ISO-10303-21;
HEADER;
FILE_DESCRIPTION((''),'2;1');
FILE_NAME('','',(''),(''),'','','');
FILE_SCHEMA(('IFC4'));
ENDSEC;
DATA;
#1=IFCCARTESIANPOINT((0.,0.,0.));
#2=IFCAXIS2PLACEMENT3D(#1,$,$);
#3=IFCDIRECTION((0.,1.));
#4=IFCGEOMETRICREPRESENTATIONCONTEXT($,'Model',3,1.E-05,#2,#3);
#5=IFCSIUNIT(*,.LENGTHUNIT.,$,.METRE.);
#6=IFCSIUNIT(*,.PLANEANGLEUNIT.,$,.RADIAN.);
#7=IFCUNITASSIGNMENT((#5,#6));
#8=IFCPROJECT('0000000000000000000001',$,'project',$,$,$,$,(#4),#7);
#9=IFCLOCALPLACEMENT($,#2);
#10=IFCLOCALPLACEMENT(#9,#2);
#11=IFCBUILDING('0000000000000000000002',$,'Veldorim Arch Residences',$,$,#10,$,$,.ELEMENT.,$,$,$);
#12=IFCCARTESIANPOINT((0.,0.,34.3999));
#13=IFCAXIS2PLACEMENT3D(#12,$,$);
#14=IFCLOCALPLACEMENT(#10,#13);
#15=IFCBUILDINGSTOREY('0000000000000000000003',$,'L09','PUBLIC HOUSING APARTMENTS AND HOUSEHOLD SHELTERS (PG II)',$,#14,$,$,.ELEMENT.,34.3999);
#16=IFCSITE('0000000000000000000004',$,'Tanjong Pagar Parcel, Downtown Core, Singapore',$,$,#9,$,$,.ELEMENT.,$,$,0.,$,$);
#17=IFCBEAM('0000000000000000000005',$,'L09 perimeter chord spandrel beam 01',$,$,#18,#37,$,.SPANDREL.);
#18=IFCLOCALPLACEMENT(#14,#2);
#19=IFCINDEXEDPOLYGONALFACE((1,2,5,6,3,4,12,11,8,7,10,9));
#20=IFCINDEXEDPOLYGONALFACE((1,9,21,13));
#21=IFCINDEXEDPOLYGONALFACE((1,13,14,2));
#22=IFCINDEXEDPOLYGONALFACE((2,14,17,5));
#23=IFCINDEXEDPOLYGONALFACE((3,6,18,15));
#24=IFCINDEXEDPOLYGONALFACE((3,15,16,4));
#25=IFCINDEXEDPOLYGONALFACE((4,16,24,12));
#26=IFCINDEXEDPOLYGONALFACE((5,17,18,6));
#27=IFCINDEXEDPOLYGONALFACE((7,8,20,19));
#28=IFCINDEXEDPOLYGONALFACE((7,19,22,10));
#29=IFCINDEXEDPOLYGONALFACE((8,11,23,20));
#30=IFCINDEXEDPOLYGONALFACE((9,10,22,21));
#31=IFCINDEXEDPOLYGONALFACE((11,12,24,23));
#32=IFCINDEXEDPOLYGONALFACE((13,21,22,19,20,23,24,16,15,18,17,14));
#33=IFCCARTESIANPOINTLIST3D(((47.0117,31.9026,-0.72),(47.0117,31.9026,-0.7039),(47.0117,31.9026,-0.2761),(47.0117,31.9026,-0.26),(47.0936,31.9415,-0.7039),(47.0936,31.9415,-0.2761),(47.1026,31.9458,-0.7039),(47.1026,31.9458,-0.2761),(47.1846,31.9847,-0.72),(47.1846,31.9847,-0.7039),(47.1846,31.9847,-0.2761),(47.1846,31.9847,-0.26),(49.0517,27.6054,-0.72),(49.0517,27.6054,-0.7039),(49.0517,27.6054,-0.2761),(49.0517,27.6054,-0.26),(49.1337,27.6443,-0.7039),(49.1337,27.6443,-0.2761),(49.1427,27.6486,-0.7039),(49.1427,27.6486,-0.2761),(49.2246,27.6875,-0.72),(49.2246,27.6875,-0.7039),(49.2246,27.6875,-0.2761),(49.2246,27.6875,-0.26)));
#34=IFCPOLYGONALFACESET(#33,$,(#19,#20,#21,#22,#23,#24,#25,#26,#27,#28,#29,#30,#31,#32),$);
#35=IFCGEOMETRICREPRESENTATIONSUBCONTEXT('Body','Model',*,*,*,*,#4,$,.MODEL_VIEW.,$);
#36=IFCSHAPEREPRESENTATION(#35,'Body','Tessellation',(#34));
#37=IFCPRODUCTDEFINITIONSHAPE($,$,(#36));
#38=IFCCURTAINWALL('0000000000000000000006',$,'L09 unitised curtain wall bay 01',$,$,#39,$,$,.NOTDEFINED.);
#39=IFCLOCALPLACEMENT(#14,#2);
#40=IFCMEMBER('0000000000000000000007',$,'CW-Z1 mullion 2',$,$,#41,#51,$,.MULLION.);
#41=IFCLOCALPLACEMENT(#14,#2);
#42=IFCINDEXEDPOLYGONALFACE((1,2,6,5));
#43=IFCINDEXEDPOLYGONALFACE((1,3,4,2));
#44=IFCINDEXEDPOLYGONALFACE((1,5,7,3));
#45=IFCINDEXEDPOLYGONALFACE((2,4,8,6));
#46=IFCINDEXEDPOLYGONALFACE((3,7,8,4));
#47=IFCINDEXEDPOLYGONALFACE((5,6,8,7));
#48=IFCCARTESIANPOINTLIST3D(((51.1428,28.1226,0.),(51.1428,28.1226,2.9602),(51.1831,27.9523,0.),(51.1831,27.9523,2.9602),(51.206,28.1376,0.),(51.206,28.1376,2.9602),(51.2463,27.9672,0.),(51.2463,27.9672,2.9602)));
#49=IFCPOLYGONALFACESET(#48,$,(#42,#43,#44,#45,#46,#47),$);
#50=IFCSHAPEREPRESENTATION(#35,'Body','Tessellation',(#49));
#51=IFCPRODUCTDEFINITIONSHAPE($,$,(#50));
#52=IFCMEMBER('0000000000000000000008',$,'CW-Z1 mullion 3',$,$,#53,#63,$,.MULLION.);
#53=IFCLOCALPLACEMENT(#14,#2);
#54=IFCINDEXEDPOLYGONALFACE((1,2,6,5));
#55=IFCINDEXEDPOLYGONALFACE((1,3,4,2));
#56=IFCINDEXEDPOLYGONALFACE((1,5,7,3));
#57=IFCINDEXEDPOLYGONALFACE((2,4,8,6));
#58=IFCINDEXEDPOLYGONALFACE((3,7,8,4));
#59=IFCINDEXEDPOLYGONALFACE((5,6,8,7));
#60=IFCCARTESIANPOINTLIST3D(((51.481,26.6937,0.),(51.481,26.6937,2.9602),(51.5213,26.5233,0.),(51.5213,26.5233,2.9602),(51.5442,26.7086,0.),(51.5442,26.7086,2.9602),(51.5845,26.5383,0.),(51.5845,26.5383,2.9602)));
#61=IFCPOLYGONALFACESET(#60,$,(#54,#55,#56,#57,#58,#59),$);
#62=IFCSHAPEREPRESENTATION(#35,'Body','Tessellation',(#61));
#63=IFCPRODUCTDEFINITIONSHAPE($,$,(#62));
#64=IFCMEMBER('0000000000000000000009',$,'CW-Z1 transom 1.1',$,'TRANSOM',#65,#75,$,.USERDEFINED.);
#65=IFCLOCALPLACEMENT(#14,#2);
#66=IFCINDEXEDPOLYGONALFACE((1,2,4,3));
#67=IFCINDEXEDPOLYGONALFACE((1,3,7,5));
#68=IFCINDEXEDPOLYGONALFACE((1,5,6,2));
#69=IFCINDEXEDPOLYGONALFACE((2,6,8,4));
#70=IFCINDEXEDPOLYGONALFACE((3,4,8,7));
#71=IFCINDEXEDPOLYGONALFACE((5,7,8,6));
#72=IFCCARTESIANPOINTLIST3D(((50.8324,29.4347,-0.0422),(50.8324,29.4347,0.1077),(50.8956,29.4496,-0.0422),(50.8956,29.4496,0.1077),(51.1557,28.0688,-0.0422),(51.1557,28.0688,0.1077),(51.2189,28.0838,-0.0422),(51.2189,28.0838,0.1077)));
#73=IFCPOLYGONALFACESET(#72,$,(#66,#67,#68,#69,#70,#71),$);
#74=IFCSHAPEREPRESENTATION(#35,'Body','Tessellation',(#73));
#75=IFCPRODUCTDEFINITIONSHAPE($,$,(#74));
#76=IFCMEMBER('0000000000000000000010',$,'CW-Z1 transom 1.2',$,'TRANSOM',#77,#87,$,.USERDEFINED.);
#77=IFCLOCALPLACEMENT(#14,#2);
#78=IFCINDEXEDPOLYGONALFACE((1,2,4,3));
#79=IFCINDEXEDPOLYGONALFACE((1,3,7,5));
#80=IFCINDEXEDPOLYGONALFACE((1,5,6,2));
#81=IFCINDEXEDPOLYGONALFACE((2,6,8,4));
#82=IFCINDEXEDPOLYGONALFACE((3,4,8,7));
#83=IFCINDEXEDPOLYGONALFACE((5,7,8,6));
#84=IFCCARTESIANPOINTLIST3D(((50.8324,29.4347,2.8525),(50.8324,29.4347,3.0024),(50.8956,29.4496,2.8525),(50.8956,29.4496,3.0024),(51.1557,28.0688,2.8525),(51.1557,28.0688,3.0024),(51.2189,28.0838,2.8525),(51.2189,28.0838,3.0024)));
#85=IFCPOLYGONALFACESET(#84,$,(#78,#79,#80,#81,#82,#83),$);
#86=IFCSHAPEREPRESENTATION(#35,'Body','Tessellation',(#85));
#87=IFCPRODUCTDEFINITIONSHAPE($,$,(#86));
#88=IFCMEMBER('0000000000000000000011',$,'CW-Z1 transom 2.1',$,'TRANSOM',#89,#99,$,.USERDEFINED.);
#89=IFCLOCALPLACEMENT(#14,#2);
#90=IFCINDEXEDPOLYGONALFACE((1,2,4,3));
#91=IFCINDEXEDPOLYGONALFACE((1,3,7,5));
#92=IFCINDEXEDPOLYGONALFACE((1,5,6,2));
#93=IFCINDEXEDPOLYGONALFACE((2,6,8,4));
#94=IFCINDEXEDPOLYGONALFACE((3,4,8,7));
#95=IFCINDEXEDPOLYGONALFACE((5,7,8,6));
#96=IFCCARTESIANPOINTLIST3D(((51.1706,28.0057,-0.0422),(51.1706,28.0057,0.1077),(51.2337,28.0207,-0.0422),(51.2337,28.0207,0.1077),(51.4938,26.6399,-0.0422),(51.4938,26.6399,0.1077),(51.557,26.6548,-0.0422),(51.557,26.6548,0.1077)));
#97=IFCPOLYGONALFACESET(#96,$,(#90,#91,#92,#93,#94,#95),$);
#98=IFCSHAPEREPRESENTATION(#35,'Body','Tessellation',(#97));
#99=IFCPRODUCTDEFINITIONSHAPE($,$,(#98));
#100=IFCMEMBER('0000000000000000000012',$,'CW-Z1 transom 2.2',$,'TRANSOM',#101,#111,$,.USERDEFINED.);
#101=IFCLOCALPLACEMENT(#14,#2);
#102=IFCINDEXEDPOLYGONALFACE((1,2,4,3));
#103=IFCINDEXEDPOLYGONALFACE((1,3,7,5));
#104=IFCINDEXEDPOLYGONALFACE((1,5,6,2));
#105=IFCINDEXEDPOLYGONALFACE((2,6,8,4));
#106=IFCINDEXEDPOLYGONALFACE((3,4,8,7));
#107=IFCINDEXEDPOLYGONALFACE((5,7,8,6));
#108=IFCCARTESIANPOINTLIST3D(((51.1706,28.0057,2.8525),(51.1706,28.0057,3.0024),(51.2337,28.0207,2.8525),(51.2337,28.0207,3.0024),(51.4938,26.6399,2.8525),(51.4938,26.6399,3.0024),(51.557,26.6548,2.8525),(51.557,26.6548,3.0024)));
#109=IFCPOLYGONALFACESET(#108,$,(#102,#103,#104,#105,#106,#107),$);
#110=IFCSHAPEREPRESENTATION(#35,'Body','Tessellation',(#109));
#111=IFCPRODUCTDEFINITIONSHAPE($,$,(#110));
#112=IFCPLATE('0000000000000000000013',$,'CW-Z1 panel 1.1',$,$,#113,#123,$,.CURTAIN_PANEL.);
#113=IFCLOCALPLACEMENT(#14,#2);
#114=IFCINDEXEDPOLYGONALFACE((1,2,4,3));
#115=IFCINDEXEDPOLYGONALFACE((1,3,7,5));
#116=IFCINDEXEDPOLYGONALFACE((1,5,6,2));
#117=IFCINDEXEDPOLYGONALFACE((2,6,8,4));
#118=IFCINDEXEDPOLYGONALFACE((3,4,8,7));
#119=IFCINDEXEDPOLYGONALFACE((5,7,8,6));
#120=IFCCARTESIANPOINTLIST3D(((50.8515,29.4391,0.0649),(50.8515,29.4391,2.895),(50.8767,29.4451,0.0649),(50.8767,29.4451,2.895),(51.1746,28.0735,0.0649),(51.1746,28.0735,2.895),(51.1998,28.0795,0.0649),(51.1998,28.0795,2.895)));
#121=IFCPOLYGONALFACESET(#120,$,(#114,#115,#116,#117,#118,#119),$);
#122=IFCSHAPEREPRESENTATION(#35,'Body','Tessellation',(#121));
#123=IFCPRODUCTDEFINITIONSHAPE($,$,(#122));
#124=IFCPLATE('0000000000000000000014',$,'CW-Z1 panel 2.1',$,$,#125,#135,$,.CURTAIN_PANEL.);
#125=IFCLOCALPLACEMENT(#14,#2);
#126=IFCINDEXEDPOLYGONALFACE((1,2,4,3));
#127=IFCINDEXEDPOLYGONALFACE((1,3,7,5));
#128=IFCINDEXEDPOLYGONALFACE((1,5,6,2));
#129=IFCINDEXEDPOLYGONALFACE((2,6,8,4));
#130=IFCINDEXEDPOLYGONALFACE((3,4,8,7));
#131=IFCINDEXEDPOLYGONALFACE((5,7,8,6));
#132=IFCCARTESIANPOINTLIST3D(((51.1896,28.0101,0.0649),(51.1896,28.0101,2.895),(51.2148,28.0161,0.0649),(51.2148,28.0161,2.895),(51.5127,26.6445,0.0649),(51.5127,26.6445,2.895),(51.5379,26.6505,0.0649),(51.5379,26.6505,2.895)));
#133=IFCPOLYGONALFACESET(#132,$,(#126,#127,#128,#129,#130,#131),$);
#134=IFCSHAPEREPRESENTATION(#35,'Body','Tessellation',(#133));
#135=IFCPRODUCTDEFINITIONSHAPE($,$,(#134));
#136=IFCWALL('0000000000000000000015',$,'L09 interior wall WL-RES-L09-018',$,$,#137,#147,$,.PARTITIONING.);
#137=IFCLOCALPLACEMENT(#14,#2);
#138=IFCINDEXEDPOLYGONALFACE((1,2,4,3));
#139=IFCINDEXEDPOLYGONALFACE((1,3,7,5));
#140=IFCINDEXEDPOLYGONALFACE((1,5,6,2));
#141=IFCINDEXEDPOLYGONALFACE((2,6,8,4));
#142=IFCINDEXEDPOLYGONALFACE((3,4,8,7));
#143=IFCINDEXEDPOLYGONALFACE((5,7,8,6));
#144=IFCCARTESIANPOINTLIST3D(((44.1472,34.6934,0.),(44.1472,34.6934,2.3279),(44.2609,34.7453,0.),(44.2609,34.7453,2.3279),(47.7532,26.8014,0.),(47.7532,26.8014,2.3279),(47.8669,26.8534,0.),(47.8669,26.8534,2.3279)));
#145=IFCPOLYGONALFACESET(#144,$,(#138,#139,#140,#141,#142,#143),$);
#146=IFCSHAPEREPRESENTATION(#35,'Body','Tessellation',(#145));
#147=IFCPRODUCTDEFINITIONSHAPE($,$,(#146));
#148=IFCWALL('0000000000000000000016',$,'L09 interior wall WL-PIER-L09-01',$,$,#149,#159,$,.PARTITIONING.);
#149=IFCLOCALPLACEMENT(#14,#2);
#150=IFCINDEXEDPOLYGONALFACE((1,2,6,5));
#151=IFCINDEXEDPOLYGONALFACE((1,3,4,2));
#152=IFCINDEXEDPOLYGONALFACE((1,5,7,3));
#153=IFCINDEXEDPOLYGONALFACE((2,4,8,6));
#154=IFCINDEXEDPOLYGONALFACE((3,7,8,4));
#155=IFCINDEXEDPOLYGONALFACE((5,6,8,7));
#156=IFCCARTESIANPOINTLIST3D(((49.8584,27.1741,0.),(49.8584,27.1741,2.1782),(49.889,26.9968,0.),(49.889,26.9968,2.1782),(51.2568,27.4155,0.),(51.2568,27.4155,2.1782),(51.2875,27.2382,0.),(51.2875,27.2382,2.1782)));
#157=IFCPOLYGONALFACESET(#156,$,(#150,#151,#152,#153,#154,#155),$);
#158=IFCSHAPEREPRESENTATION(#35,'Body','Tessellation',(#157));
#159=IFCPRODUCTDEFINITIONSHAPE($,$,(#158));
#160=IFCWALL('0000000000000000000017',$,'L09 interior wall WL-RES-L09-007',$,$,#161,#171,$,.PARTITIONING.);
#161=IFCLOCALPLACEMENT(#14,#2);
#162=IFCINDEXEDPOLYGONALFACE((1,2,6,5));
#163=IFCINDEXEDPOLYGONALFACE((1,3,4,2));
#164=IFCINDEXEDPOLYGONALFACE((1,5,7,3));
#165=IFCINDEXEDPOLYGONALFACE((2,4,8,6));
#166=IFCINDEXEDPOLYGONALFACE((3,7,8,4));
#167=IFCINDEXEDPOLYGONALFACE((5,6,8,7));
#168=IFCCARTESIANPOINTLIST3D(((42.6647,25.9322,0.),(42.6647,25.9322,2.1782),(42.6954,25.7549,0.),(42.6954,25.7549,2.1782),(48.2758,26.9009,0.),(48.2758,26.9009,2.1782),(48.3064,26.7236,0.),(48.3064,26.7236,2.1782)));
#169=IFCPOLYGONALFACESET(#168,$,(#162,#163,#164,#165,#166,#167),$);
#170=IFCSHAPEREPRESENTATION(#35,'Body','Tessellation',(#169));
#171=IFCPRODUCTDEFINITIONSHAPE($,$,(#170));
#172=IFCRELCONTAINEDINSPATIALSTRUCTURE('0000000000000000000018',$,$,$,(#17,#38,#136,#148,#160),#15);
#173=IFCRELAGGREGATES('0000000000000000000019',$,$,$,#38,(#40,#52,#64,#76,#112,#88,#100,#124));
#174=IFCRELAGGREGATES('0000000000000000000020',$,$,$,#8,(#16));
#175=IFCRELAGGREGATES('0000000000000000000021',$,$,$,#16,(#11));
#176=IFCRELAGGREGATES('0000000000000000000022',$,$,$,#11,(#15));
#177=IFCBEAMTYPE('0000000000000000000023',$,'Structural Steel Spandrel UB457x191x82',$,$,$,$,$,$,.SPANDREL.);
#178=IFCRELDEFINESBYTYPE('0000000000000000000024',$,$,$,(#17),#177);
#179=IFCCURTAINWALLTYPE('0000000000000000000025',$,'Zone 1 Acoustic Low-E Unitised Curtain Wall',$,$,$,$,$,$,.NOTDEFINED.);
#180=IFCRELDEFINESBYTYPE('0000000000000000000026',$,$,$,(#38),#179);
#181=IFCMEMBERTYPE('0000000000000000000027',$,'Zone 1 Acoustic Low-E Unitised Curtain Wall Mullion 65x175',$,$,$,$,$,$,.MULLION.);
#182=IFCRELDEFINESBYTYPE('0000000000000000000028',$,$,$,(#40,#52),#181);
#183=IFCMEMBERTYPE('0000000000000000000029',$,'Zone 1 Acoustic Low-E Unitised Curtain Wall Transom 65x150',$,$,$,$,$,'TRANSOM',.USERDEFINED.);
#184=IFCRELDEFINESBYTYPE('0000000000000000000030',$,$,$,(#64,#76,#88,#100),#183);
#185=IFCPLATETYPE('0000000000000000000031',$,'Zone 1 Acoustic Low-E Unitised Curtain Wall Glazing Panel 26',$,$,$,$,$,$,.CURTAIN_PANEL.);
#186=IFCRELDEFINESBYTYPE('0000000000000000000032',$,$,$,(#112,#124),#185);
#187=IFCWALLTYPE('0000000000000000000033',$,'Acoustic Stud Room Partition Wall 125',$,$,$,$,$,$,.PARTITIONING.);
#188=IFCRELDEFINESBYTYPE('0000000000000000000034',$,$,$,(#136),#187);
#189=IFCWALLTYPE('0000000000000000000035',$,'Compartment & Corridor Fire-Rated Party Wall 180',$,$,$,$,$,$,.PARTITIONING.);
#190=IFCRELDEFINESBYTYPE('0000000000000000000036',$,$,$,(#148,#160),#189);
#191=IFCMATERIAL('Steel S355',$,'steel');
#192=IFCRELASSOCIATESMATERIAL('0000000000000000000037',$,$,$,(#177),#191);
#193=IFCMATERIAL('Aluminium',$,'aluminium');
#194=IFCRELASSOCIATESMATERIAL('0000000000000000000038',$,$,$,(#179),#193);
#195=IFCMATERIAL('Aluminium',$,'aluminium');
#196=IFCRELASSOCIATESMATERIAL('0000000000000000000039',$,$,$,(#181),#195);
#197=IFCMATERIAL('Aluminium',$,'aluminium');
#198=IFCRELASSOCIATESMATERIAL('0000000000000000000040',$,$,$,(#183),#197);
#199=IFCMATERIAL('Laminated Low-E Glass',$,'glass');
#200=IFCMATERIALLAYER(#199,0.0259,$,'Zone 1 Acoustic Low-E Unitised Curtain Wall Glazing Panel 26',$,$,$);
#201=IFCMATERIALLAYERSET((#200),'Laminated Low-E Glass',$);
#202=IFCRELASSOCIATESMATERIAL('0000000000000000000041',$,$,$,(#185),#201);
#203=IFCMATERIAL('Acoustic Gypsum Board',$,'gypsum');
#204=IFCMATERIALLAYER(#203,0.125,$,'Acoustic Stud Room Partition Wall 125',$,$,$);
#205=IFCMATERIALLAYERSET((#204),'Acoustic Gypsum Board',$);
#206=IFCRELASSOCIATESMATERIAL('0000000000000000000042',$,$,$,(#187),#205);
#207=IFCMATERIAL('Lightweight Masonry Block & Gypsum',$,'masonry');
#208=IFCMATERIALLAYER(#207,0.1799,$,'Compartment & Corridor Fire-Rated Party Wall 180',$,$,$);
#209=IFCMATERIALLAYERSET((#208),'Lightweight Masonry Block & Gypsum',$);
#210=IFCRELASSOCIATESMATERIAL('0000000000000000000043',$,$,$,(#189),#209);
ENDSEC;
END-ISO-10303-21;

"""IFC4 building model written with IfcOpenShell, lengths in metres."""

from ifc_helpers import new_model, si_unit, direction, frame, frame_2d, origin, origin_2d, place, context, subcontext, project, spatial, rectangle, i_section, extrude, material, layer, layer_set, material_profile, profile_set, type_object, element, aggregate, save


model = new_model("IFC4")

# Units and contexts
model_context = context("Model", 3, precision=1e-05, world=origin(), true_north=direction((0.0, 1.0)))
body_context = subcontext(model_context, "Body", "Model", "MODEL_VIEW")
ifc_project = project(units=[si_unit("LENGTHUNIT", "METRE"), si_unit("PLANEANGLEUNIT", "RADIAN")], contexts=[model_context])

# Site, building, storey
site_placement = place(None, origin())
site = spatial("IfcSite", under=ifc_project, at=site_placement, Name="Tanjong Pagar Parcel, Downtown Core, Singapore", CompositionType="ELEMENT", RefElevation=0.0)
building_placement = place(site_placement, origin())
building = spatial("IfcBuilding", under=site, at=building_placement, Name="Veldorim Arch Residences", CompositionType="ELEMENT")
storey_placement = place(building_placement, frame((0.0, 0.0, 34.3999)))
storey = spatial("IfcBuildingStorey", under=building, at=storey_placement, Name="L09", Description="PUBLIC HOUSING APARTMENTS AND HOUSEHOLD SHELTERS (PG II)", CompositionType="ELEMENT", Elevation=34.3999)

# Beam
ifc_material_1 = material(Name="Steel S355", Category="steel")
ifc_material_profile_1 = material_profile(ifc_material_1, i_section(OverallWidth=0.1914, OverallDepth=0.46, WebThickness=0.01, FlangeThickness=0.0161, at=origin_2d()), Name="UB457x191x82")
ifc_profile_set_1 = profile_set([ifc_material_profile_1], Name="Steel S355")
beam_type_1 = type_object("IfcBeamType", Name="Structural Steel Spandrel UB457x191x82", PredefinedType="SPANDREL", material=ifc_profile_set_1)
beam_1_placement = place(storey_placement, frame((49.1382, 27.6465, -0.49), z_axis=(-0.428869, 0.903366, 0.0), x_axis=(-0.903366, -0.428869, 0.0)))
element("IfcBeam", 1, at=beam_1_placement, inside=storey, type_object=beam_type_1, Name="L09 perimeter chord spandrel beam 01", PredefinedType="SPANDREL", context=body_context, shape_type="SweptSolid", body=[
    extrude(i_section(OverallWidth=0.1914, OverallDepth=0.46, WebThickness=0.01, FlangeThickness=0.0161, at=origin_2d()), origin(), (0.0, 0.0, 1.0), 4.7568),
])

# Curtain wall, members, plates
ifc_material_2 = material(Name="Aluminium", Category="aluminium")
curtain_wall_type = type_object("IfcCurtainWallType", Name="Zone 1 Acoustic Low-E Unitised Curtain Wall", PredefinedType="NOTDEFINED", material=ifc_material_2)
curtain_wall_placement = place(storey_placement, origin())
curtain_wall = element("IfcCurtainWall", 2, at=curtain_wall_placement, inside=storey, type_object=curtain_wall_type, Name="L09 unitised curtain wall bay 01", PredefinedType="NOTDEFINED")
ifc_material_3 = material(Name="Aluminium", Category="aluminium")
ifc_material_profile_2 = material_profile(ifc_material_3, rectangle(XDim=0.0649, YDim=0.175, at=origin_2d()), Name="ALU_MUL_65x175")
ifc_profile_set_2 = profile_set([ifc_material_profile_2], Name="Aluminium")
member_type_1 = type_object("IfcMemberType", Name="Zone 1 Acoustic Low-E Unitised Curtain Wall Mullion 65x175", PredefinedType="MULLION", material=ifc_profile_set_2)
member_1_placement = place(storey_placement, frame((51.1946, 28.0449, 0.0), z_axis=(0.0, 0.0, 1.0), x_axis=(0.97313, 0.230257, 0.0)))
member_1 = element("IfcMember", 3, at=member_1_placement, type_object=member_type_1, Name="CW-Z1 mullion 2", PredefinedType="MULLION", context=body_context, shape_type="SweptSolid", body=[
    extrude(rectangle(XDim=0.0649, YDim=0.175, at=origin_2d()), origin(), (0.0, 0.0, 1.0), 2.9602),
])
member_2_placement = place(storey_placement, frame((51.5327, 26.616, 0.0), z_axis=(0.0, 0.0, 1.0), x_axis=(0.97313, 0.230257, 0.0)))
member_2 = element("IfcMember", 4, at=member_2_placement, type_object=member_type_1, Name="CW-Z1 mullion 3", PredefinedType="MULLION", context=body_context, shape_type="SweptSolid", body=[
    extrude(rectangle(XDim=0.0649, YDim=0.175, at=origin_2d()), origin(), (0.0, 0.0, 1.0), 2.9602),
])
ifc_material_4 = material(Name="Aluminium", Category="aluminium")
ifc_material_profile_3 = material_profile(ifc_material_4, rectangle(XDim=0.0649, YDim=0.1499, at=origin_2d()), Name="ALU_TRN_65x150")
ifc_profile_set_3 = profile_set([ifc_material_profile_3], Name="Aluminium")
member_type_2 = type_object("IfcMemberType", Name="Zone 1 Acoustic Low-E Unitised Curtain Wall Transom 65x150", ElementType="TRANSOM", PredefinedType="USERDEFINED", material=ifc_profile_set_3)
member_3_placement = place(storey_placement, frame((50.864, 29.4421, 0.0327), z_axis=(0.230319, -0.973115, 0.0), x_axis=(0.973115, 0.230319, 0.0)))
member_3 = element("IfcMember", 5, at=member_3_placement, type_object=member_type_2, Name="CW-Z1 transom 1.1", ObjectType="TRANSOM", PredefinedType="USERDEFINED", context=body_context, shape_type="SweptSolid", body=[
    extrude(rectangle(XDim=0.0649, YDim=0.1499, at=origin_2d()), origin(), (0.0, 0.0, 1.0), 1.4036),
])
member_4_placement = place(storey_placement, frame((50.864, 29.4421, 2.9275), z_axis=(0.230319, -0.973115, 0.0), x_axis=(0.973115, 0.230319, 0.0)))
member_4 = element("IfcMember", 6, at=member_4_placement, type_object=member_type_2, Name="CW-Z1 transom 1.2", ObjectType="TRANSOM", PredefinedType="USERDEFINED", context=body_context, shape_type="SweptSolid", body=[
    extrude(rectangle(XDim=0.0649, YDim=0.1499, at=origin_2d()), origin(), (0.0, 0.0, 1.0), 1.4036),
])
member_5_placement = place(storey_placement, frame((51.2021, 28.0132, 0.0327), z_axis=(0.230319, -0.973115, 0.0), x_axis=(0.973115, 0.230319, 0.0)))
member_5 = element("IfcMember", 7, at=member_5_placement, type_object=member_type_2, Name="CW-Z1 transom 2.1", ObjectType="TRANSOM", PredefinedType="USERDEFINED", context=body_context, shape_type="SweptSolid", body=[
    extrude(rectangle(XDim=0.0649, YDim=0.1499, at=origin_2d()), origin(), (0.0, 0.0, 1.0), 1.4036),
])
member_6_placement = place(storey_placement, frame((51.2021, 28.0132, 2.9275), z_axis=(0.230319, -0.973115, 0.0), x_axis=(0.973115, 0.230319, 0.0)))
member_6 = element("IfcMember", 8, at=member_6_placement, type_object=member_type_2, Name="CW-Z1 transom 2.2", ObjectType="TRANSOM", PredefinedType="USERDEFINED", context=body_context, shape_type="SweptSolid", body=[
    extrude(rectangle(XDim=0.0649, YDim=0.1499, at=origin_2d()), origin(), (0.0, 0.0, 1.0), 1.4036),
])
ifc_material_5 = material(Name="Laminated Low-E Glass", Category="glass")
ifc_layer_1 = layer(ifc_material_5, 0.0259, Name="Zone 1 Acoustic Low-E Unitised Curtain Wall Glazing Panel 26")
ifc_layer_set_1 = layer_set([ifc_layer_1], Name="Laminated Low-E Glass")
plate_type = type_object("IfcPlateType", Name="Zone 1 Acoustic Low-E Unitised Curtain Wall Glazing Panel 26", PredefinedType="CURTAIN_PANEL", material=ifc_layer_set_1)
plate_1_placement = place(storey_placement, frame((51.0256, 28.7593, 0.0649), z_axis=(0.0, 0.0, 1.0), x_axis=(0.230257, -0.97313, 0.0)))
plate_1 = element("IfcPlate", 9, at=plate_1_placement, type_object=plate_type, Name="CW-Z1 panel 1.1", PredefinedType="CURTAIN_PANEL", context=body_context, shape_type="SweptSolid", body=[
    extrude(rectangle(XDim=1.4033, YDim=0.0259, at=origin_2d()), origin(), (0.0, 0.0, 1.0), 2.8301),
])
plate_2_placement = place(storey_placement, frame((51.3638, 27.3303, 0.0649), z_axis=(0.0, 0.0, 1.0), x_axis=(0.230257, -0.97313, 0.0)))
plate_2 = element("IfcPlate", 10, at=plate_2_placement, type_object=plate_type, Name="CW-Z1 panel 2.1", PredefinedType="CURTAIN_PANEL", context=body_context, shape_type="SweptSolid", body=[
    extrude(rectangle(XDim=1.4033, YDim=0.0259, at=origin_2d()), origin(), (0.0, 0.0, 1.0), 2.8301),
])
aggregate(curtain_wall, [member_1, member_2, member_3, member_4, plate_1, member_5, member_6, plate_2])

# Walls
ifc_material_6 = material(Name="Acoustic Gypsum Board", Category="gypsum")
ifc_layer_2 = layer(ifc_material_6, 0.125, Name="Acoustic Stud Room Partition Wall 125")
ifc_layer_set_2 = layer_set([ifc_layer_2], Name="Acoustic Gypsum Board")
wall_type_1 = type_object("IfcWallType", Name="Acoustic Stud Room Partition Wall 125", PredefinedType="PARTITIONING", material=ifc_layer_set_2)
wall_1_placement = place(storey_placement, frame((47.8101, 26.8274, 0.0), z_axis=(0.0, 0.0, 1.0), x_axis=(-0.415594, 0.90955, 0.0)))
element("IfcWall", 11, at=wall_1_placement, inside=storey, type_object=wall_type_1, Name="L09 interior wall WL-RES-L09-018", PredefinedType="PARTITIONING", context=body_context, shape_type="SweptSolid", body=[
    extrude(rectangle(XDim=8.6768, YDim=0.125, at=frame_2d((4.3384, 0.0))), origin(), (0.0, 0.0, 1.0), 2.3279),
])
ifc_material_7 = material(Name="Lightweight Masonry Block & Gypsum", Category="masonry")
ifc_layer_3 = layer(ifc_material_7, 0.1799, Name="Compartment & Corridor Fire-Rated Party Wall 180")
ifc_layer_set_3 = layer_set([ifc_layer_3], Name="Lightweight Masonry Block & Gypsum")
wall_type_2 = type_object("IfcWallType", Name="Compartment & Corridor Fire-Rated Party Wall 180", PredefinedType="PARTITIONING", material=ifc_layer_set_3)
wall_2_placement = place(storey_placement, frame((49.8738, 27.0854, 0.0), z_axis=(0.0, 0.0, 1.0), x_axis=(0.985419, 0.170143, 0.0)))
element("IfcWall", 12, at=wall_2_placement, inside=storey, type_object=wall_type_2, Name="L09 interior wall WL-PIER-L09-01", PredefinedType="PARTITIONING", context=body_context, shape_type="SweptSolid", body=[
    extrude(rectangle(XDim=1.4192, YDim=0.1799, at=frame_2d((0.7095, 0.0))), origin(), (0.0, 0.0, 1.0), 2.1782),
])
wall_3_placement = place(storey_placement, frame((42.6799, 25.8435, 0.0), z_axis=(0.0, 0.0, 1.0), x_axis=(0.985421, 0.170132, 0.0)))
element("IfcWall", 13, at=wall_3_placement, inside=storey, type_object=wall_type_2, Name="L09 interior wall WL-RES-L09-007", PredefinedType="PARTITIONING", context=body_context, shape_type="SweptSolid", body=[
    extrude(rectangle(XDim=5.6941, YDim=0.1799, at=frame_2d((2.8472, 0.0))), origin(), (0.0, 0.0, 1.0), 2.1782),
])

save(model, "model.ifc")
